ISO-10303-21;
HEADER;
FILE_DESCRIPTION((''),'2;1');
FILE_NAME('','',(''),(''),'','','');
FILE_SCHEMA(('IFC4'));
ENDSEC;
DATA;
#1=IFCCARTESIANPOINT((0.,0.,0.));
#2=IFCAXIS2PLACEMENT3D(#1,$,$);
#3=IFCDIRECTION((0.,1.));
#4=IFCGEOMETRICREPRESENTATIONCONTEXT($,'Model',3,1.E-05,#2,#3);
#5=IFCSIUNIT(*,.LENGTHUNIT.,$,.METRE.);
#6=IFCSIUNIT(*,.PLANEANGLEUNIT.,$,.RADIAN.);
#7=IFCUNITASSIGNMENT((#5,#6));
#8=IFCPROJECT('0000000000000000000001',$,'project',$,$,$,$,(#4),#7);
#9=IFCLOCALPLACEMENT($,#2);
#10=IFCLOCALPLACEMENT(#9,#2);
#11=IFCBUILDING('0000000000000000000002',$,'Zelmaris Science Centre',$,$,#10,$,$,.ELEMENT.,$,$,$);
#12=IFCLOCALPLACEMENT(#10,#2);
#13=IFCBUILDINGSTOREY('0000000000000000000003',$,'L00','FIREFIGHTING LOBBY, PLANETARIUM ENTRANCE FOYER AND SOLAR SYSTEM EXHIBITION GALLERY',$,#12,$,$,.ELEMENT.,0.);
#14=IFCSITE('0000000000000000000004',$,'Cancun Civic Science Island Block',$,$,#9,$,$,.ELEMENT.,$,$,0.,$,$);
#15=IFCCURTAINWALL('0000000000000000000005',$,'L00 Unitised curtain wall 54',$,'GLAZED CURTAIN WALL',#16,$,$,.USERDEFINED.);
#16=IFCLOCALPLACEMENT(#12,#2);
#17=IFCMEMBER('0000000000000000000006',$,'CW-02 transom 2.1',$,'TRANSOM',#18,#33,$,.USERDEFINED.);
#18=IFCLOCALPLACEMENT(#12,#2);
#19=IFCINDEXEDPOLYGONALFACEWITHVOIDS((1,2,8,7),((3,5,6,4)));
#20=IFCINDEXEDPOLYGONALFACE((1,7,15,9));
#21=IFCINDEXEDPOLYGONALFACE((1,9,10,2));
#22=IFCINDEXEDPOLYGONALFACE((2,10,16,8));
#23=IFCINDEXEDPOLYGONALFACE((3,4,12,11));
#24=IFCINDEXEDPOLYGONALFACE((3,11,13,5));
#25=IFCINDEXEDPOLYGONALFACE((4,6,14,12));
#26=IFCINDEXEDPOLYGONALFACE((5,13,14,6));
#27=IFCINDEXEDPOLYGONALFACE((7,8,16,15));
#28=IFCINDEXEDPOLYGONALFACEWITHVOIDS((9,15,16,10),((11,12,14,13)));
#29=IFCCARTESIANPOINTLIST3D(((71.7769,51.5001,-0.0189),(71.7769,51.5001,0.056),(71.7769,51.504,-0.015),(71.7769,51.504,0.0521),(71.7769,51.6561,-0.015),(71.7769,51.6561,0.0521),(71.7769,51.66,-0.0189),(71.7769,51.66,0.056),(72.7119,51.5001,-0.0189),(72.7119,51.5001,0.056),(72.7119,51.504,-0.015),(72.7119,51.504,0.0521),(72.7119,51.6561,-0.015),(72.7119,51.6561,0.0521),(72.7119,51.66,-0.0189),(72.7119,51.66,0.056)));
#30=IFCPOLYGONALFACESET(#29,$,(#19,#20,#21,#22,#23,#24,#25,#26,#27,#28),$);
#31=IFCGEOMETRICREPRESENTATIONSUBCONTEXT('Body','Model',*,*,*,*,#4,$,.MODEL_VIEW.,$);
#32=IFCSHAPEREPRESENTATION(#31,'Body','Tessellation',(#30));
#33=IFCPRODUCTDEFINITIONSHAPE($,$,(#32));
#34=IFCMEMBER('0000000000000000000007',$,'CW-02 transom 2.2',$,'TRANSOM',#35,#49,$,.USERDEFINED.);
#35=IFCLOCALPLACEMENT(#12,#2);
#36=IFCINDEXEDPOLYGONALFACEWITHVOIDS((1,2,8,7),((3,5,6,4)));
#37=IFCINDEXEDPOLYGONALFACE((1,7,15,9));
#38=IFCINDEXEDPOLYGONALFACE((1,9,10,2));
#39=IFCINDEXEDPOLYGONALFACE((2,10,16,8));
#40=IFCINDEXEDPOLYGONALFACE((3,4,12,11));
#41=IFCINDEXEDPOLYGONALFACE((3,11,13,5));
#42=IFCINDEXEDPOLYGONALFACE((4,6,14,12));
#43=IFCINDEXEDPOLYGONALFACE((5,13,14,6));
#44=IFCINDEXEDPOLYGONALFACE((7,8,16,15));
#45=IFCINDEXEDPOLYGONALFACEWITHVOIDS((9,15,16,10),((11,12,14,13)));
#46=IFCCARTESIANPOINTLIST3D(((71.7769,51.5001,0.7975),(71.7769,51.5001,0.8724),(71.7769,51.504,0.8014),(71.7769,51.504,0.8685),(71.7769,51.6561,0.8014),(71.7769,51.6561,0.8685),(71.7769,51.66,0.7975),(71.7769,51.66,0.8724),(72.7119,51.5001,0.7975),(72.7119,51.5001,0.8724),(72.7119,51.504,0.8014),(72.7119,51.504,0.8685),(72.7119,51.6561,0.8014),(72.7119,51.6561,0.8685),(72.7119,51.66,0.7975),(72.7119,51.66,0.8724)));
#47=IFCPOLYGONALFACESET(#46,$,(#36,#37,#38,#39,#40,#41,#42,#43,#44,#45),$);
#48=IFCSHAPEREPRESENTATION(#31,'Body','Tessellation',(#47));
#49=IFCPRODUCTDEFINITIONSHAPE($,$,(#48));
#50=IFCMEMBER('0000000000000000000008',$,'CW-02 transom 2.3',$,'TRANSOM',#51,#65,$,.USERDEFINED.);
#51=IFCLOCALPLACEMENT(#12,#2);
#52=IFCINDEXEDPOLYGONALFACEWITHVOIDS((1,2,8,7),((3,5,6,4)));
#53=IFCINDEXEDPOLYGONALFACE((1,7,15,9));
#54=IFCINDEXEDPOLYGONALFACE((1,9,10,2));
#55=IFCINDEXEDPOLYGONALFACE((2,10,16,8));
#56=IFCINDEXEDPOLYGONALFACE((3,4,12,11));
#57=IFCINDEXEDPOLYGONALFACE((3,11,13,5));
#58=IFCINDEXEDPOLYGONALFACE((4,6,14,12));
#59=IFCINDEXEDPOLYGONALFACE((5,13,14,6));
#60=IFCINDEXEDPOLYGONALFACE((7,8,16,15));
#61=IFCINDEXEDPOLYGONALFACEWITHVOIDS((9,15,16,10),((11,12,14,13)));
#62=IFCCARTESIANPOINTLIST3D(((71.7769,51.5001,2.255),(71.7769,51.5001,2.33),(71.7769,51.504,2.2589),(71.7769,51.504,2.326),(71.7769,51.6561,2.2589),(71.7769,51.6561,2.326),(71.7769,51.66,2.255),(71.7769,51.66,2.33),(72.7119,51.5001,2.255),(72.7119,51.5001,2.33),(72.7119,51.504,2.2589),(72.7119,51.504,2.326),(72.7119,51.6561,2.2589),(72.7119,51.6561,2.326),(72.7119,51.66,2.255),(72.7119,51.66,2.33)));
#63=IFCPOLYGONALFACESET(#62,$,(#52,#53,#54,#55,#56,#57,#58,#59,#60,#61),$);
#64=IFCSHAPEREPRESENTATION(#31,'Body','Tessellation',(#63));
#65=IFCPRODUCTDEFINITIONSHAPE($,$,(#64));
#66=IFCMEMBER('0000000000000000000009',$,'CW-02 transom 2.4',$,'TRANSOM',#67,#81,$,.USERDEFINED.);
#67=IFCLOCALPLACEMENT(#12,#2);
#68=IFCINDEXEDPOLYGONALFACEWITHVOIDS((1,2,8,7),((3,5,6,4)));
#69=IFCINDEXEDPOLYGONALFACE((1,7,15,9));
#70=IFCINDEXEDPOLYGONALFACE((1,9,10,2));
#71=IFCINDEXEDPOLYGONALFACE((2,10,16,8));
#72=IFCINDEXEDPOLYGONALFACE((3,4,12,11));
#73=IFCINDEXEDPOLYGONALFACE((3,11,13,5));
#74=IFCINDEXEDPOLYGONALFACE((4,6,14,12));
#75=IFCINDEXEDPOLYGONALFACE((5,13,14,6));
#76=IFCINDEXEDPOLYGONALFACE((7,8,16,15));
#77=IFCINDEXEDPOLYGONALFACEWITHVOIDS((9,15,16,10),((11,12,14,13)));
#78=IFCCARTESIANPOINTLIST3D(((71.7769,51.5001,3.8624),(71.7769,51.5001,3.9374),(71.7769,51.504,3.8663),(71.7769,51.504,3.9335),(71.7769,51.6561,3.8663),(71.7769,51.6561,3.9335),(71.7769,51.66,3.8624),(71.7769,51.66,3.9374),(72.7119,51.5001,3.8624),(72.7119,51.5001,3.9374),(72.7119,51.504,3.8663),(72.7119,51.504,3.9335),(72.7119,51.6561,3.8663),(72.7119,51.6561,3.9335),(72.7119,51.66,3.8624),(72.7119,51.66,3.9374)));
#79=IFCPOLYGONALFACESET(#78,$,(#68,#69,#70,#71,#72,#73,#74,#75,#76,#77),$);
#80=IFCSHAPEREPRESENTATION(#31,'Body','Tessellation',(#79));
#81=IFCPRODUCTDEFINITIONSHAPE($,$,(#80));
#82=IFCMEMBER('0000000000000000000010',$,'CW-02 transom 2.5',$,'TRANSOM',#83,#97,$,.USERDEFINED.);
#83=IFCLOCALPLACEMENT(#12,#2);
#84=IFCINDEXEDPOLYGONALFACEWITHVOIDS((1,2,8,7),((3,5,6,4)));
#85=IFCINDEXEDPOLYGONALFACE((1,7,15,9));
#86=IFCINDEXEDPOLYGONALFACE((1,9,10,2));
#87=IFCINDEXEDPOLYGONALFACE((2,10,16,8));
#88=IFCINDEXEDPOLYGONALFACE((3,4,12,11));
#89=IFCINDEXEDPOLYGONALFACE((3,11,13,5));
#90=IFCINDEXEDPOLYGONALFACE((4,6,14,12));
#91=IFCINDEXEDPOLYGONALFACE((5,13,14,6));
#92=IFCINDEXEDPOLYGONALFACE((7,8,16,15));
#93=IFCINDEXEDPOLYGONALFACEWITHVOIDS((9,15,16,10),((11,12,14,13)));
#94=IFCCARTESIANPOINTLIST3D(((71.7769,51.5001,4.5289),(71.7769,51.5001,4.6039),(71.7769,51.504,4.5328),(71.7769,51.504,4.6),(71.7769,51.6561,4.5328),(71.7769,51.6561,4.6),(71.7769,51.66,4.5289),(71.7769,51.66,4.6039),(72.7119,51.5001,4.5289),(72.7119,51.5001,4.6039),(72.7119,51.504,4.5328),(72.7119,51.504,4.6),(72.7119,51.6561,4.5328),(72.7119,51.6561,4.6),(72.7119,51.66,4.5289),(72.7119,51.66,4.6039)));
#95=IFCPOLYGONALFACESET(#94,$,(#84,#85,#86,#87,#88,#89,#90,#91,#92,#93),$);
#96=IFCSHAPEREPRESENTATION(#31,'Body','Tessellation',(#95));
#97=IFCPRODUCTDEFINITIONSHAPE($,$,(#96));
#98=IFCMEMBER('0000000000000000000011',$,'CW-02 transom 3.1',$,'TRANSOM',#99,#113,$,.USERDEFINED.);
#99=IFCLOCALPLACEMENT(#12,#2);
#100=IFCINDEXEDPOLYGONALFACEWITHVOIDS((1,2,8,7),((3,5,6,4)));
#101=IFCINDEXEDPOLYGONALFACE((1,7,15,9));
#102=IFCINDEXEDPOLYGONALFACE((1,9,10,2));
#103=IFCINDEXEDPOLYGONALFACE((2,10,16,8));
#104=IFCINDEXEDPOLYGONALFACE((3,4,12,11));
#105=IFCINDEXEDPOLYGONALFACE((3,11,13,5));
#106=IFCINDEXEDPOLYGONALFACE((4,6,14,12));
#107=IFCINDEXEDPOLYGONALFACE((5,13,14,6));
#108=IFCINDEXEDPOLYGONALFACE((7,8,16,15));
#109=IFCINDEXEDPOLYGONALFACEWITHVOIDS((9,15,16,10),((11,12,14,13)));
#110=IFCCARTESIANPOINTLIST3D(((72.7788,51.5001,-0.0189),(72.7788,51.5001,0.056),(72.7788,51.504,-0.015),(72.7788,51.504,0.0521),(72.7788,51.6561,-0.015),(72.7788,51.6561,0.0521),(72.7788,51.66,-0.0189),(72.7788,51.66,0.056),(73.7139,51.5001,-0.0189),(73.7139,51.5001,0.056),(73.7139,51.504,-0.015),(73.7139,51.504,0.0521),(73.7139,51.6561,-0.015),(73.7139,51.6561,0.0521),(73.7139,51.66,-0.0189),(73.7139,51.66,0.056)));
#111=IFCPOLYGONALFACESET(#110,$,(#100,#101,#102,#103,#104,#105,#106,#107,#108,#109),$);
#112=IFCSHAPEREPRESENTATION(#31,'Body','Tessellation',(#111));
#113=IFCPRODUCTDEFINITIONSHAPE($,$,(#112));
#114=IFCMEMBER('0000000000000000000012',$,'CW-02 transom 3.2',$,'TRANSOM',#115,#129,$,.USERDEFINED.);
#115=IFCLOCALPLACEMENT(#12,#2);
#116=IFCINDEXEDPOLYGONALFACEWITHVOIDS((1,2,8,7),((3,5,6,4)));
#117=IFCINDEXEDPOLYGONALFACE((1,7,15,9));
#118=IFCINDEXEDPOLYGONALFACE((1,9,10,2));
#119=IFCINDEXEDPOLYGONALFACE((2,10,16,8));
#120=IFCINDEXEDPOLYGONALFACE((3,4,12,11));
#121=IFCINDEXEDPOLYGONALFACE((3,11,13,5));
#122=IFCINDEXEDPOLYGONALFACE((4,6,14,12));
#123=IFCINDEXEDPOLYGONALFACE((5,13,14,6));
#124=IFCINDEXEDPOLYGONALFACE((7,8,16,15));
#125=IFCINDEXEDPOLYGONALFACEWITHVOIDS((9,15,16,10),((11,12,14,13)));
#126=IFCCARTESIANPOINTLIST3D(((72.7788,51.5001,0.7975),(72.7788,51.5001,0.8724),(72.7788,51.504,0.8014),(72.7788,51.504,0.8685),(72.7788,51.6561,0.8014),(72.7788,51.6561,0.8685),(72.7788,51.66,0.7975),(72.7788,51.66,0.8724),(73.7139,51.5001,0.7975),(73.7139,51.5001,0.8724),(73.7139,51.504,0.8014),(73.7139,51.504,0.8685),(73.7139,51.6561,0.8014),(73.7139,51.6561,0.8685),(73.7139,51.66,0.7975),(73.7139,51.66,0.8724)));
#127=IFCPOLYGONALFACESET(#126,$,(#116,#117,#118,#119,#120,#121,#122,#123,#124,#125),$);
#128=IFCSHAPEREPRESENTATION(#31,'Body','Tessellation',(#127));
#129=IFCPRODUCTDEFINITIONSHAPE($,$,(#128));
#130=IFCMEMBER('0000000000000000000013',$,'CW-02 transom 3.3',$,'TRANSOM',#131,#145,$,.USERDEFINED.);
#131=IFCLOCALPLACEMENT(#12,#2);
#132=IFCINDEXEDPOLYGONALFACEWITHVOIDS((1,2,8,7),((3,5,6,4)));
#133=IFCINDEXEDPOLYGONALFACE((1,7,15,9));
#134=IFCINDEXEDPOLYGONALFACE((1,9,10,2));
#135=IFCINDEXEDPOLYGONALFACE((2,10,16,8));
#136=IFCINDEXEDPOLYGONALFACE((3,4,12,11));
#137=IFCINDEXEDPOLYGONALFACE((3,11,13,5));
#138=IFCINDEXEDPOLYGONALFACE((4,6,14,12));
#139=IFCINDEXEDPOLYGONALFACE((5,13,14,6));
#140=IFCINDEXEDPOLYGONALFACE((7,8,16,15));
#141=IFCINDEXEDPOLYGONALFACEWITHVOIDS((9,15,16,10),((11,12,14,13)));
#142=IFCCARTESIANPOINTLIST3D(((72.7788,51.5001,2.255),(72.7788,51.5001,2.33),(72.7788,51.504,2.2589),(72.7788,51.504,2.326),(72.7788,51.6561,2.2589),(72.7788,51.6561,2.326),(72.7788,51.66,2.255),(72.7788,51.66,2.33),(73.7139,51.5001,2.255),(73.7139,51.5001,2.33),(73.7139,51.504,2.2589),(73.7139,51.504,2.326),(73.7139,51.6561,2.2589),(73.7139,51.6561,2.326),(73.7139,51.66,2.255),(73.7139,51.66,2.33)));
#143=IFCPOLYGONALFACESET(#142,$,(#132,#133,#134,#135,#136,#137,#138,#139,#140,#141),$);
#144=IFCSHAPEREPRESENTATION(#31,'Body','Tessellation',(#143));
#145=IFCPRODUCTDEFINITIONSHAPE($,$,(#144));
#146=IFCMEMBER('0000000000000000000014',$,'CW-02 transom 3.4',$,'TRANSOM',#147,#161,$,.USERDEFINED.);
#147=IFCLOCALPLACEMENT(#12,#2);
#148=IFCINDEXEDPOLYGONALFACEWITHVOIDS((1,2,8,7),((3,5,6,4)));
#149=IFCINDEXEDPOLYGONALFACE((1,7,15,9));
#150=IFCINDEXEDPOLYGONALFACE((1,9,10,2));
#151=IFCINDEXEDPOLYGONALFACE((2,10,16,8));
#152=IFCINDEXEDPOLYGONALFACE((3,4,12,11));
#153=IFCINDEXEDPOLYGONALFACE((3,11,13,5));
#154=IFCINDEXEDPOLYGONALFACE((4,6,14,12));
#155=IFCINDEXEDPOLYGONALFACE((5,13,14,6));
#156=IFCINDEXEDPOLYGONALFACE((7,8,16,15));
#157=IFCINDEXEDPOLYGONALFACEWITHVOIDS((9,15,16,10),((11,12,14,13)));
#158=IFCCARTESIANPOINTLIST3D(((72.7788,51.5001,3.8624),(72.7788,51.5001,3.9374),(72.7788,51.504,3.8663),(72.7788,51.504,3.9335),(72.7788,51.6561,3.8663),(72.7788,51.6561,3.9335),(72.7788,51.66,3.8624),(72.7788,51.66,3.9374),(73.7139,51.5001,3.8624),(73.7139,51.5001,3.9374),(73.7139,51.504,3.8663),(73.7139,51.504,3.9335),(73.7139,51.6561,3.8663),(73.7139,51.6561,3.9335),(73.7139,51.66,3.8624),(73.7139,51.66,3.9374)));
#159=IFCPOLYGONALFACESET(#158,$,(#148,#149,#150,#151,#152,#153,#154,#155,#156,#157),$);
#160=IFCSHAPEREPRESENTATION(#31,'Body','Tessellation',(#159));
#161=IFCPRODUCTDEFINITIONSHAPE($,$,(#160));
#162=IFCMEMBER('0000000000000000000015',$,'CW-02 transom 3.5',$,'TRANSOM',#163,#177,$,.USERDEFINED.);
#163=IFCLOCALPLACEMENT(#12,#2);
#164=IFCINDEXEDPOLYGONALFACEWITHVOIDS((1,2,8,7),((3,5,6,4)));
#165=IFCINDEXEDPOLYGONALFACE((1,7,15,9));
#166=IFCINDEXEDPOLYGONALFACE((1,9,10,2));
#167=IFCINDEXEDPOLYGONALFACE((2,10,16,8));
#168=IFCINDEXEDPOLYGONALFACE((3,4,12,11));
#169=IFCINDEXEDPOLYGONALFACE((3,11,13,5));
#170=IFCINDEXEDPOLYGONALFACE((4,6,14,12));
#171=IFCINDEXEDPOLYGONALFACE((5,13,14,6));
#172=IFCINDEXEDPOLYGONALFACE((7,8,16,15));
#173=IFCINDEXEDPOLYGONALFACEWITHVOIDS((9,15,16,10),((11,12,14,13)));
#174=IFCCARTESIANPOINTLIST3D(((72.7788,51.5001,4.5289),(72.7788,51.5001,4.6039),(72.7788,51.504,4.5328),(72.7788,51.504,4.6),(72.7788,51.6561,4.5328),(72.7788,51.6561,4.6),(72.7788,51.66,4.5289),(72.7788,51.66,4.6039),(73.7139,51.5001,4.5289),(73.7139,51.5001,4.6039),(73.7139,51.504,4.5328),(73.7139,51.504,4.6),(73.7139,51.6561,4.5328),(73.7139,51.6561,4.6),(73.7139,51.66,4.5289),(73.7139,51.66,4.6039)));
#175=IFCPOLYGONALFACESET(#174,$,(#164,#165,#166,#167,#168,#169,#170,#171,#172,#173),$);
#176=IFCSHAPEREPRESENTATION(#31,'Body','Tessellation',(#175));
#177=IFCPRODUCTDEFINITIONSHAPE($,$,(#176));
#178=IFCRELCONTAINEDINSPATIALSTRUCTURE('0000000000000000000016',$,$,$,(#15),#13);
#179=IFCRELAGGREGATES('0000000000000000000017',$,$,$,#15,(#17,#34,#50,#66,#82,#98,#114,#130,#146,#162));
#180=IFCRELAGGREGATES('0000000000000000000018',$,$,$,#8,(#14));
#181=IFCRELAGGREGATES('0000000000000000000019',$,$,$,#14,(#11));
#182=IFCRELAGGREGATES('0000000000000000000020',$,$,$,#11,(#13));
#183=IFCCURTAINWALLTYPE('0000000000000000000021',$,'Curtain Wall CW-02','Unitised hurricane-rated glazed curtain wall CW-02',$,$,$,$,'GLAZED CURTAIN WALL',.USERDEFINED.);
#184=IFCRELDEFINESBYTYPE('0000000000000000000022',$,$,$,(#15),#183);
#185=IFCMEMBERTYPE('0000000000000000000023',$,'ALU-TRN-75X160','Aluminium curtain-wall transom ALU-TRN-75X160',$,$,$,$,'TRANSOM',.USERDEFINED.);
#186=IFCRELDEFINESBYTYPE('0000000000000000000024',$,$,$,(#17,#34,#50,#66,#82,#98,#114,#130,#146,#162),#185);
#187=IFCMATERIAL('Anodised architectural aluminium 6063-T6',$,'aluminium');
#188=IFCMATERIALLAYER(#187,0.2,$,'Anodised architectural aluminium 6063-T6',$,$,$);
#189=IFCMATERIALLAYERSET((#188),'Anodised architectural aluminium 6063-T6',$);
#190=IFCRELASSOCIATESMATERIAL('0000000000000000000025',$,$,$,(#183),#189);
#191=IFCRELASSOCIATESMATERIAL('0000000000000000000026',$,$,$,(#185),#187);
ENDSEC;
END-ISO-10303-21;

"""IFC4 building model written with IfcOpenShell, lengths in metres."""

from ifc_helpers import new_model, si_unit, direction, frame, origin, origin_2d, place, context, subcontext, project, spatial, hollow_rectangle, extrude, material, layer, layer_set, material_profile, profile_set, type_object, element, aggregate, save


model = new_model("IFC4")

# Units and contexts
model_context = context("Model", 3, precision=1e-05, world=origin(), true_north=direction((0.0, 1.0)))
body_context = subcontext(model_context, "Body", "Model", "MODEL_VIEW")
ifc_project = project(units=[si_unit("LENGTHUNIT", "METRE"), si_unit("PLANEANGLEUNIT", "RADIAN")], contexts=[model_context])

# Site, building, storey
site_placement = place(None, origin())
site = spatial("IfcSite", under=ifc_project, at=site_placement, Name="Cancun Civic Science Island Block", CompositionType="ELEMENT", RefElevation=0.0)
building_placement = place(site_placement, origin())
building = spatial("IfcBuilding", under=site, at=building_placement, Name="Zelmaris Science Centre", CompositionType="ELEMENT")
storey_placement = place(building_placement, origin())
storey = spatial("IfcBuildingStorey", under=building, at=storey_placement, Name="L00", Description="FIREFIGHTING LOBBY, PLANETARIUM ENTRANCE FOYER AND SOLAR SYSTEM EXHIBITION GALLERY", CompositionType="ELEMENT", Elevation=0.0)

# Curtain wall, members
ifc_material_1 = material(Name="Anodised architectural aluminium 6063-T6", Category="aluminium")
ifc_layer_1 = layer(ifc_material_1, 0.2, Name="Anodised architectural aluminium 6063-T6")
ifc_layer_set_1 = layer_set([ifc_layer_1], Name="Anodised architectural aluminium 6063-T6")
curtain_wall_type = type_object("IfcCurtainWallType", Name="Curtain Wall CW-02", Description="Unitised hurricane-rated glazed curtain wall CW-02", ElementType="GLAZED CURTAIN WALL", PredefinedType="USERDEFINED", material=ifc_layer_set_1)
curtain_wall_placement = place(storey_placement, origin())
curtain_wall = element("IfcCurtainWall", 1, at=curtain_wall_placement, inside=storey, type_object=curtain_wall_type, Name="L00 Unitised curtain wall 54", ObjectType="GLAZED CURTAIN WALL", PredefinedType="USERDEFINED")
ifc_material_profile_1 = material_profile(ifc_material_1, hollow_rectangle(XDim=0.075, YDim=0.1599, WallThickness=0.0039, at=origin_2d()), Name="ALU-TRN-75X160")
ifc_profile_set_1 = profile_set([ifc_material_profile_1], Name="Anodised architectural aluminium 6063-T6")
member_type_1 = type_object("IfcMemberType", Name="ALU-TRN-75X160", Description="Aluminium curtain-wall transom ALU-TRN-75X160", ElementType="TRANSOM", PredefinedType="USERDEFINED", material=ifc_profile_set_1)
member_1_placement = place(storey_placement, frame((71.7769, 51.5801, 0.0186), z_axis=(1.0, 0.0, 0.0), x_axis=(0.0, 0.0, 1.0)))
member_1 = element("IfcMember", 2, at=member_1_placement, type_object=member_type_1, Name="CW-02 transom 2.1", ObjectType="TRANSOM", PredefinedType="USERDEFINED", context=body_context, shape_type="SweptSolid", body=[
    extrude(hollow_rectangle(XDim=0.075, YDim=0.1599, WallThickness=0.0039, at=origin_2d()), origin(), (0.0, 0.0, 1.0), 0.9351),
])
member_2_placement = place(storey_placement, frame((71.7769, 51.5801, 0.835), z_axis=(1.0, 0.0, 0.0), x_axis=(0.0, 0.0, 1.0)))
member_2 = element("IfcMember", 3, at=member_2_placement, type_object=member_type_1, Name="CW-02 transom 2.2", ObjectType="TRANSOM", PredefinedType="USERDEFINED", context=body_context, shape_type="SweptSolid", body=[
    extrude(hollow_rectangle(XDim=0.075, YDim=0.1599, WallThickness=0.0039, at=origin_2d()), origin(), (0.0, 0.0, 1.0), 0.9351),
])
member_3_placement = place(storey_placement, frame((71.7769, 51.5801, 2.2925), z_axis=(1.0, 0.0, 0.0), x_axis=(0.0, 0.0, 1.0)))
member_3 = element("IfcMember", 4, at=member_3_placement, type_object=member_type_1, Name="CW-02 transom 2.3", ObjectType="TRANSOM", PredefinedType="USERDEFINED", context=body_context, shape_type="SweptSolid", body=[
    extrude(hollow_rectangle(XDim=0.075, YDim=0.1599, WallThickness=0.0039, at=origin_2d()), origin(), (0.0, 0.0, 1.0), 0.9351),
])
member_4_placement = place(storey_placement, frame((71.7769, 51.5801, 3.8999), z_axis=(1.0, 0.0, 0.0), x_axis=(0.0, 0.0, 1.0)))
member_4 = element("IfcMember", 5, at=member_4_placement, type_object=member_type_1, Name="CW-02 transom 2.4", ObjectType="TRANSOM", PredefinedType="USERDEFINED", context=body_context, shape_type="SweptSolid", body=[
    extrude(hollow_rectangle(XDim=0.075, YDim=0.1599, WallThickness=0.0039, at=origin_2d()), origin(), (0.0, 0.0, 1.0), 0.9351),
])
member_5_placement = place(storey_placement, frame((71.7769, 51.5801, 4.5664), z_axis=(1.0, 0.0, 0.0), x_axis=(0.0, 0.0, 1.0)))
member_5 = element("IfcMember", 6, at=member_5_placement, type_object=member_type_1, Name="CW-02 transom 2.5", ObjectType="TRANSOM", PredefinedType="USERDEFINED", context=body_context, shape_type="SweptSolid", body=[
    extrude(hollow_rectangle(XDim=0.075, YDim=0.1599, WallThickness=0.0039, at=origin_2d()), origin(), (0.0, 0.0, 1.0), 0.9351),
])
member_6_placement = place(storey_placement, frame((72.7788, 51.5801, 0.0186), z_axis=(1.0, 0.0, 0.0), x_axis=(0.0, 0.0, 1.0)))
member_6 = element("IfcMember", 7, at=member_6_placement, type_object=member_type_1, Name="CW-02 transom 3.1", ObjectType="TRANSOM", PredefinedType="USERDEFINED", context=body_context, shape_type="SweptSolid", body=[
    extrude(hollow_rectangle(XDim=0.075, YDim=0.1599, WallThickness=0.0039, at=origin_2d()), origin(), (0.0, 0.0, 1.0), 0.9351),
])
member_7_placement = place(storey_placement, frame((72.7788, 51.5801, 0.835), z_axis=(1.0, 0.0, 0.0), x_axis=(0.0, 0.0, 1.0)))
member_7 = element("IfcMember", 8, at=member_7_placement, type_object=member_type_1, Name="CW-02 transom 3.2", ObjectType="TRANSOM", PredefinedType="USERDEFINED", context=body_context, shape_type="SweptSolid", body=[
    extrude(hollow_rectangle(XDim=0.075, YDim=0.1599, WallThickness=0.0039, at=origin_2d()), origin(), (0.0, 0.0, 1.0), 0.9351),
])
member_8_placement = place(storey_placement, frame((72.7788, 51.5801, 2.2925), z_axis=(1.0, 0.0, 0.0), x_axis=(0.0, 0.0, 1.0)))
member_8 = element("IfcMember", 9, at=member_8_placement, type_object=member_type_1, Name="CW-02 transom 3.3", ObjectType="TRANSOM", PredefinedType="USERDEFINED", context=body_context, shape_type="SweptSolid", body=[
    extrude(hollow_rectangle(XDim=0.075, YDim=0.1599, WallThickness=0.0039, at=origin_2d()), origin(), (0.0, 0.0, 1.0), 0.9351),
])
member_9_placement = place(storey_placement, frame((72.7788, 51.5801, 3.8999), z_axis=(1.0, 0.0, 0.0), x_axis=(0.0, 0.0, 1.0)))
member_9 = element("IfcMember", 10, at=member_9_placement, type_object=member_type_1, Name="CW-02 transom 3.4", ObjectType="TRANSOM", PredefinedType="USERDEFINED", context=body_context, shape_type="SweptSolid", body=[
    extrude(hollow_rectangle(XDim=0.075, YDim=0.1599, WallThickness=0.0039, at=origin_2d()), origin(), (0.0, 0.0, 1.0), 0.9351),
])
member_10_placement = place(storey_placement, frame((72.7788, 51.5801, 4.5664), z_axis=(1.0, 0.0, 0.0), x_axis=(0.0, 0.0, 1.0)))
member_10 = element("IfcMember", 11, at=member_10_placement, type_object=member_type_1, Name="CW-02 transom 3.5", ObjectType="TRANSOM", PredefinedType="USERDEFINED", context=body_context, shape_type="SweptSolid", body=[
    extrude(hollow_rectangle(XDim=0.075, YDim=0.1599, WallThickness=0.0039, at=origin_2d()), origin(), (0.0, 0.0, 1.0), 0.9351),
])

aggregate(curtain_wall, [member_1, member_2, member_3, member_4, member_5, member_6, member_7, member_8, member_9, member_10])

save(model, "model.ifc")
